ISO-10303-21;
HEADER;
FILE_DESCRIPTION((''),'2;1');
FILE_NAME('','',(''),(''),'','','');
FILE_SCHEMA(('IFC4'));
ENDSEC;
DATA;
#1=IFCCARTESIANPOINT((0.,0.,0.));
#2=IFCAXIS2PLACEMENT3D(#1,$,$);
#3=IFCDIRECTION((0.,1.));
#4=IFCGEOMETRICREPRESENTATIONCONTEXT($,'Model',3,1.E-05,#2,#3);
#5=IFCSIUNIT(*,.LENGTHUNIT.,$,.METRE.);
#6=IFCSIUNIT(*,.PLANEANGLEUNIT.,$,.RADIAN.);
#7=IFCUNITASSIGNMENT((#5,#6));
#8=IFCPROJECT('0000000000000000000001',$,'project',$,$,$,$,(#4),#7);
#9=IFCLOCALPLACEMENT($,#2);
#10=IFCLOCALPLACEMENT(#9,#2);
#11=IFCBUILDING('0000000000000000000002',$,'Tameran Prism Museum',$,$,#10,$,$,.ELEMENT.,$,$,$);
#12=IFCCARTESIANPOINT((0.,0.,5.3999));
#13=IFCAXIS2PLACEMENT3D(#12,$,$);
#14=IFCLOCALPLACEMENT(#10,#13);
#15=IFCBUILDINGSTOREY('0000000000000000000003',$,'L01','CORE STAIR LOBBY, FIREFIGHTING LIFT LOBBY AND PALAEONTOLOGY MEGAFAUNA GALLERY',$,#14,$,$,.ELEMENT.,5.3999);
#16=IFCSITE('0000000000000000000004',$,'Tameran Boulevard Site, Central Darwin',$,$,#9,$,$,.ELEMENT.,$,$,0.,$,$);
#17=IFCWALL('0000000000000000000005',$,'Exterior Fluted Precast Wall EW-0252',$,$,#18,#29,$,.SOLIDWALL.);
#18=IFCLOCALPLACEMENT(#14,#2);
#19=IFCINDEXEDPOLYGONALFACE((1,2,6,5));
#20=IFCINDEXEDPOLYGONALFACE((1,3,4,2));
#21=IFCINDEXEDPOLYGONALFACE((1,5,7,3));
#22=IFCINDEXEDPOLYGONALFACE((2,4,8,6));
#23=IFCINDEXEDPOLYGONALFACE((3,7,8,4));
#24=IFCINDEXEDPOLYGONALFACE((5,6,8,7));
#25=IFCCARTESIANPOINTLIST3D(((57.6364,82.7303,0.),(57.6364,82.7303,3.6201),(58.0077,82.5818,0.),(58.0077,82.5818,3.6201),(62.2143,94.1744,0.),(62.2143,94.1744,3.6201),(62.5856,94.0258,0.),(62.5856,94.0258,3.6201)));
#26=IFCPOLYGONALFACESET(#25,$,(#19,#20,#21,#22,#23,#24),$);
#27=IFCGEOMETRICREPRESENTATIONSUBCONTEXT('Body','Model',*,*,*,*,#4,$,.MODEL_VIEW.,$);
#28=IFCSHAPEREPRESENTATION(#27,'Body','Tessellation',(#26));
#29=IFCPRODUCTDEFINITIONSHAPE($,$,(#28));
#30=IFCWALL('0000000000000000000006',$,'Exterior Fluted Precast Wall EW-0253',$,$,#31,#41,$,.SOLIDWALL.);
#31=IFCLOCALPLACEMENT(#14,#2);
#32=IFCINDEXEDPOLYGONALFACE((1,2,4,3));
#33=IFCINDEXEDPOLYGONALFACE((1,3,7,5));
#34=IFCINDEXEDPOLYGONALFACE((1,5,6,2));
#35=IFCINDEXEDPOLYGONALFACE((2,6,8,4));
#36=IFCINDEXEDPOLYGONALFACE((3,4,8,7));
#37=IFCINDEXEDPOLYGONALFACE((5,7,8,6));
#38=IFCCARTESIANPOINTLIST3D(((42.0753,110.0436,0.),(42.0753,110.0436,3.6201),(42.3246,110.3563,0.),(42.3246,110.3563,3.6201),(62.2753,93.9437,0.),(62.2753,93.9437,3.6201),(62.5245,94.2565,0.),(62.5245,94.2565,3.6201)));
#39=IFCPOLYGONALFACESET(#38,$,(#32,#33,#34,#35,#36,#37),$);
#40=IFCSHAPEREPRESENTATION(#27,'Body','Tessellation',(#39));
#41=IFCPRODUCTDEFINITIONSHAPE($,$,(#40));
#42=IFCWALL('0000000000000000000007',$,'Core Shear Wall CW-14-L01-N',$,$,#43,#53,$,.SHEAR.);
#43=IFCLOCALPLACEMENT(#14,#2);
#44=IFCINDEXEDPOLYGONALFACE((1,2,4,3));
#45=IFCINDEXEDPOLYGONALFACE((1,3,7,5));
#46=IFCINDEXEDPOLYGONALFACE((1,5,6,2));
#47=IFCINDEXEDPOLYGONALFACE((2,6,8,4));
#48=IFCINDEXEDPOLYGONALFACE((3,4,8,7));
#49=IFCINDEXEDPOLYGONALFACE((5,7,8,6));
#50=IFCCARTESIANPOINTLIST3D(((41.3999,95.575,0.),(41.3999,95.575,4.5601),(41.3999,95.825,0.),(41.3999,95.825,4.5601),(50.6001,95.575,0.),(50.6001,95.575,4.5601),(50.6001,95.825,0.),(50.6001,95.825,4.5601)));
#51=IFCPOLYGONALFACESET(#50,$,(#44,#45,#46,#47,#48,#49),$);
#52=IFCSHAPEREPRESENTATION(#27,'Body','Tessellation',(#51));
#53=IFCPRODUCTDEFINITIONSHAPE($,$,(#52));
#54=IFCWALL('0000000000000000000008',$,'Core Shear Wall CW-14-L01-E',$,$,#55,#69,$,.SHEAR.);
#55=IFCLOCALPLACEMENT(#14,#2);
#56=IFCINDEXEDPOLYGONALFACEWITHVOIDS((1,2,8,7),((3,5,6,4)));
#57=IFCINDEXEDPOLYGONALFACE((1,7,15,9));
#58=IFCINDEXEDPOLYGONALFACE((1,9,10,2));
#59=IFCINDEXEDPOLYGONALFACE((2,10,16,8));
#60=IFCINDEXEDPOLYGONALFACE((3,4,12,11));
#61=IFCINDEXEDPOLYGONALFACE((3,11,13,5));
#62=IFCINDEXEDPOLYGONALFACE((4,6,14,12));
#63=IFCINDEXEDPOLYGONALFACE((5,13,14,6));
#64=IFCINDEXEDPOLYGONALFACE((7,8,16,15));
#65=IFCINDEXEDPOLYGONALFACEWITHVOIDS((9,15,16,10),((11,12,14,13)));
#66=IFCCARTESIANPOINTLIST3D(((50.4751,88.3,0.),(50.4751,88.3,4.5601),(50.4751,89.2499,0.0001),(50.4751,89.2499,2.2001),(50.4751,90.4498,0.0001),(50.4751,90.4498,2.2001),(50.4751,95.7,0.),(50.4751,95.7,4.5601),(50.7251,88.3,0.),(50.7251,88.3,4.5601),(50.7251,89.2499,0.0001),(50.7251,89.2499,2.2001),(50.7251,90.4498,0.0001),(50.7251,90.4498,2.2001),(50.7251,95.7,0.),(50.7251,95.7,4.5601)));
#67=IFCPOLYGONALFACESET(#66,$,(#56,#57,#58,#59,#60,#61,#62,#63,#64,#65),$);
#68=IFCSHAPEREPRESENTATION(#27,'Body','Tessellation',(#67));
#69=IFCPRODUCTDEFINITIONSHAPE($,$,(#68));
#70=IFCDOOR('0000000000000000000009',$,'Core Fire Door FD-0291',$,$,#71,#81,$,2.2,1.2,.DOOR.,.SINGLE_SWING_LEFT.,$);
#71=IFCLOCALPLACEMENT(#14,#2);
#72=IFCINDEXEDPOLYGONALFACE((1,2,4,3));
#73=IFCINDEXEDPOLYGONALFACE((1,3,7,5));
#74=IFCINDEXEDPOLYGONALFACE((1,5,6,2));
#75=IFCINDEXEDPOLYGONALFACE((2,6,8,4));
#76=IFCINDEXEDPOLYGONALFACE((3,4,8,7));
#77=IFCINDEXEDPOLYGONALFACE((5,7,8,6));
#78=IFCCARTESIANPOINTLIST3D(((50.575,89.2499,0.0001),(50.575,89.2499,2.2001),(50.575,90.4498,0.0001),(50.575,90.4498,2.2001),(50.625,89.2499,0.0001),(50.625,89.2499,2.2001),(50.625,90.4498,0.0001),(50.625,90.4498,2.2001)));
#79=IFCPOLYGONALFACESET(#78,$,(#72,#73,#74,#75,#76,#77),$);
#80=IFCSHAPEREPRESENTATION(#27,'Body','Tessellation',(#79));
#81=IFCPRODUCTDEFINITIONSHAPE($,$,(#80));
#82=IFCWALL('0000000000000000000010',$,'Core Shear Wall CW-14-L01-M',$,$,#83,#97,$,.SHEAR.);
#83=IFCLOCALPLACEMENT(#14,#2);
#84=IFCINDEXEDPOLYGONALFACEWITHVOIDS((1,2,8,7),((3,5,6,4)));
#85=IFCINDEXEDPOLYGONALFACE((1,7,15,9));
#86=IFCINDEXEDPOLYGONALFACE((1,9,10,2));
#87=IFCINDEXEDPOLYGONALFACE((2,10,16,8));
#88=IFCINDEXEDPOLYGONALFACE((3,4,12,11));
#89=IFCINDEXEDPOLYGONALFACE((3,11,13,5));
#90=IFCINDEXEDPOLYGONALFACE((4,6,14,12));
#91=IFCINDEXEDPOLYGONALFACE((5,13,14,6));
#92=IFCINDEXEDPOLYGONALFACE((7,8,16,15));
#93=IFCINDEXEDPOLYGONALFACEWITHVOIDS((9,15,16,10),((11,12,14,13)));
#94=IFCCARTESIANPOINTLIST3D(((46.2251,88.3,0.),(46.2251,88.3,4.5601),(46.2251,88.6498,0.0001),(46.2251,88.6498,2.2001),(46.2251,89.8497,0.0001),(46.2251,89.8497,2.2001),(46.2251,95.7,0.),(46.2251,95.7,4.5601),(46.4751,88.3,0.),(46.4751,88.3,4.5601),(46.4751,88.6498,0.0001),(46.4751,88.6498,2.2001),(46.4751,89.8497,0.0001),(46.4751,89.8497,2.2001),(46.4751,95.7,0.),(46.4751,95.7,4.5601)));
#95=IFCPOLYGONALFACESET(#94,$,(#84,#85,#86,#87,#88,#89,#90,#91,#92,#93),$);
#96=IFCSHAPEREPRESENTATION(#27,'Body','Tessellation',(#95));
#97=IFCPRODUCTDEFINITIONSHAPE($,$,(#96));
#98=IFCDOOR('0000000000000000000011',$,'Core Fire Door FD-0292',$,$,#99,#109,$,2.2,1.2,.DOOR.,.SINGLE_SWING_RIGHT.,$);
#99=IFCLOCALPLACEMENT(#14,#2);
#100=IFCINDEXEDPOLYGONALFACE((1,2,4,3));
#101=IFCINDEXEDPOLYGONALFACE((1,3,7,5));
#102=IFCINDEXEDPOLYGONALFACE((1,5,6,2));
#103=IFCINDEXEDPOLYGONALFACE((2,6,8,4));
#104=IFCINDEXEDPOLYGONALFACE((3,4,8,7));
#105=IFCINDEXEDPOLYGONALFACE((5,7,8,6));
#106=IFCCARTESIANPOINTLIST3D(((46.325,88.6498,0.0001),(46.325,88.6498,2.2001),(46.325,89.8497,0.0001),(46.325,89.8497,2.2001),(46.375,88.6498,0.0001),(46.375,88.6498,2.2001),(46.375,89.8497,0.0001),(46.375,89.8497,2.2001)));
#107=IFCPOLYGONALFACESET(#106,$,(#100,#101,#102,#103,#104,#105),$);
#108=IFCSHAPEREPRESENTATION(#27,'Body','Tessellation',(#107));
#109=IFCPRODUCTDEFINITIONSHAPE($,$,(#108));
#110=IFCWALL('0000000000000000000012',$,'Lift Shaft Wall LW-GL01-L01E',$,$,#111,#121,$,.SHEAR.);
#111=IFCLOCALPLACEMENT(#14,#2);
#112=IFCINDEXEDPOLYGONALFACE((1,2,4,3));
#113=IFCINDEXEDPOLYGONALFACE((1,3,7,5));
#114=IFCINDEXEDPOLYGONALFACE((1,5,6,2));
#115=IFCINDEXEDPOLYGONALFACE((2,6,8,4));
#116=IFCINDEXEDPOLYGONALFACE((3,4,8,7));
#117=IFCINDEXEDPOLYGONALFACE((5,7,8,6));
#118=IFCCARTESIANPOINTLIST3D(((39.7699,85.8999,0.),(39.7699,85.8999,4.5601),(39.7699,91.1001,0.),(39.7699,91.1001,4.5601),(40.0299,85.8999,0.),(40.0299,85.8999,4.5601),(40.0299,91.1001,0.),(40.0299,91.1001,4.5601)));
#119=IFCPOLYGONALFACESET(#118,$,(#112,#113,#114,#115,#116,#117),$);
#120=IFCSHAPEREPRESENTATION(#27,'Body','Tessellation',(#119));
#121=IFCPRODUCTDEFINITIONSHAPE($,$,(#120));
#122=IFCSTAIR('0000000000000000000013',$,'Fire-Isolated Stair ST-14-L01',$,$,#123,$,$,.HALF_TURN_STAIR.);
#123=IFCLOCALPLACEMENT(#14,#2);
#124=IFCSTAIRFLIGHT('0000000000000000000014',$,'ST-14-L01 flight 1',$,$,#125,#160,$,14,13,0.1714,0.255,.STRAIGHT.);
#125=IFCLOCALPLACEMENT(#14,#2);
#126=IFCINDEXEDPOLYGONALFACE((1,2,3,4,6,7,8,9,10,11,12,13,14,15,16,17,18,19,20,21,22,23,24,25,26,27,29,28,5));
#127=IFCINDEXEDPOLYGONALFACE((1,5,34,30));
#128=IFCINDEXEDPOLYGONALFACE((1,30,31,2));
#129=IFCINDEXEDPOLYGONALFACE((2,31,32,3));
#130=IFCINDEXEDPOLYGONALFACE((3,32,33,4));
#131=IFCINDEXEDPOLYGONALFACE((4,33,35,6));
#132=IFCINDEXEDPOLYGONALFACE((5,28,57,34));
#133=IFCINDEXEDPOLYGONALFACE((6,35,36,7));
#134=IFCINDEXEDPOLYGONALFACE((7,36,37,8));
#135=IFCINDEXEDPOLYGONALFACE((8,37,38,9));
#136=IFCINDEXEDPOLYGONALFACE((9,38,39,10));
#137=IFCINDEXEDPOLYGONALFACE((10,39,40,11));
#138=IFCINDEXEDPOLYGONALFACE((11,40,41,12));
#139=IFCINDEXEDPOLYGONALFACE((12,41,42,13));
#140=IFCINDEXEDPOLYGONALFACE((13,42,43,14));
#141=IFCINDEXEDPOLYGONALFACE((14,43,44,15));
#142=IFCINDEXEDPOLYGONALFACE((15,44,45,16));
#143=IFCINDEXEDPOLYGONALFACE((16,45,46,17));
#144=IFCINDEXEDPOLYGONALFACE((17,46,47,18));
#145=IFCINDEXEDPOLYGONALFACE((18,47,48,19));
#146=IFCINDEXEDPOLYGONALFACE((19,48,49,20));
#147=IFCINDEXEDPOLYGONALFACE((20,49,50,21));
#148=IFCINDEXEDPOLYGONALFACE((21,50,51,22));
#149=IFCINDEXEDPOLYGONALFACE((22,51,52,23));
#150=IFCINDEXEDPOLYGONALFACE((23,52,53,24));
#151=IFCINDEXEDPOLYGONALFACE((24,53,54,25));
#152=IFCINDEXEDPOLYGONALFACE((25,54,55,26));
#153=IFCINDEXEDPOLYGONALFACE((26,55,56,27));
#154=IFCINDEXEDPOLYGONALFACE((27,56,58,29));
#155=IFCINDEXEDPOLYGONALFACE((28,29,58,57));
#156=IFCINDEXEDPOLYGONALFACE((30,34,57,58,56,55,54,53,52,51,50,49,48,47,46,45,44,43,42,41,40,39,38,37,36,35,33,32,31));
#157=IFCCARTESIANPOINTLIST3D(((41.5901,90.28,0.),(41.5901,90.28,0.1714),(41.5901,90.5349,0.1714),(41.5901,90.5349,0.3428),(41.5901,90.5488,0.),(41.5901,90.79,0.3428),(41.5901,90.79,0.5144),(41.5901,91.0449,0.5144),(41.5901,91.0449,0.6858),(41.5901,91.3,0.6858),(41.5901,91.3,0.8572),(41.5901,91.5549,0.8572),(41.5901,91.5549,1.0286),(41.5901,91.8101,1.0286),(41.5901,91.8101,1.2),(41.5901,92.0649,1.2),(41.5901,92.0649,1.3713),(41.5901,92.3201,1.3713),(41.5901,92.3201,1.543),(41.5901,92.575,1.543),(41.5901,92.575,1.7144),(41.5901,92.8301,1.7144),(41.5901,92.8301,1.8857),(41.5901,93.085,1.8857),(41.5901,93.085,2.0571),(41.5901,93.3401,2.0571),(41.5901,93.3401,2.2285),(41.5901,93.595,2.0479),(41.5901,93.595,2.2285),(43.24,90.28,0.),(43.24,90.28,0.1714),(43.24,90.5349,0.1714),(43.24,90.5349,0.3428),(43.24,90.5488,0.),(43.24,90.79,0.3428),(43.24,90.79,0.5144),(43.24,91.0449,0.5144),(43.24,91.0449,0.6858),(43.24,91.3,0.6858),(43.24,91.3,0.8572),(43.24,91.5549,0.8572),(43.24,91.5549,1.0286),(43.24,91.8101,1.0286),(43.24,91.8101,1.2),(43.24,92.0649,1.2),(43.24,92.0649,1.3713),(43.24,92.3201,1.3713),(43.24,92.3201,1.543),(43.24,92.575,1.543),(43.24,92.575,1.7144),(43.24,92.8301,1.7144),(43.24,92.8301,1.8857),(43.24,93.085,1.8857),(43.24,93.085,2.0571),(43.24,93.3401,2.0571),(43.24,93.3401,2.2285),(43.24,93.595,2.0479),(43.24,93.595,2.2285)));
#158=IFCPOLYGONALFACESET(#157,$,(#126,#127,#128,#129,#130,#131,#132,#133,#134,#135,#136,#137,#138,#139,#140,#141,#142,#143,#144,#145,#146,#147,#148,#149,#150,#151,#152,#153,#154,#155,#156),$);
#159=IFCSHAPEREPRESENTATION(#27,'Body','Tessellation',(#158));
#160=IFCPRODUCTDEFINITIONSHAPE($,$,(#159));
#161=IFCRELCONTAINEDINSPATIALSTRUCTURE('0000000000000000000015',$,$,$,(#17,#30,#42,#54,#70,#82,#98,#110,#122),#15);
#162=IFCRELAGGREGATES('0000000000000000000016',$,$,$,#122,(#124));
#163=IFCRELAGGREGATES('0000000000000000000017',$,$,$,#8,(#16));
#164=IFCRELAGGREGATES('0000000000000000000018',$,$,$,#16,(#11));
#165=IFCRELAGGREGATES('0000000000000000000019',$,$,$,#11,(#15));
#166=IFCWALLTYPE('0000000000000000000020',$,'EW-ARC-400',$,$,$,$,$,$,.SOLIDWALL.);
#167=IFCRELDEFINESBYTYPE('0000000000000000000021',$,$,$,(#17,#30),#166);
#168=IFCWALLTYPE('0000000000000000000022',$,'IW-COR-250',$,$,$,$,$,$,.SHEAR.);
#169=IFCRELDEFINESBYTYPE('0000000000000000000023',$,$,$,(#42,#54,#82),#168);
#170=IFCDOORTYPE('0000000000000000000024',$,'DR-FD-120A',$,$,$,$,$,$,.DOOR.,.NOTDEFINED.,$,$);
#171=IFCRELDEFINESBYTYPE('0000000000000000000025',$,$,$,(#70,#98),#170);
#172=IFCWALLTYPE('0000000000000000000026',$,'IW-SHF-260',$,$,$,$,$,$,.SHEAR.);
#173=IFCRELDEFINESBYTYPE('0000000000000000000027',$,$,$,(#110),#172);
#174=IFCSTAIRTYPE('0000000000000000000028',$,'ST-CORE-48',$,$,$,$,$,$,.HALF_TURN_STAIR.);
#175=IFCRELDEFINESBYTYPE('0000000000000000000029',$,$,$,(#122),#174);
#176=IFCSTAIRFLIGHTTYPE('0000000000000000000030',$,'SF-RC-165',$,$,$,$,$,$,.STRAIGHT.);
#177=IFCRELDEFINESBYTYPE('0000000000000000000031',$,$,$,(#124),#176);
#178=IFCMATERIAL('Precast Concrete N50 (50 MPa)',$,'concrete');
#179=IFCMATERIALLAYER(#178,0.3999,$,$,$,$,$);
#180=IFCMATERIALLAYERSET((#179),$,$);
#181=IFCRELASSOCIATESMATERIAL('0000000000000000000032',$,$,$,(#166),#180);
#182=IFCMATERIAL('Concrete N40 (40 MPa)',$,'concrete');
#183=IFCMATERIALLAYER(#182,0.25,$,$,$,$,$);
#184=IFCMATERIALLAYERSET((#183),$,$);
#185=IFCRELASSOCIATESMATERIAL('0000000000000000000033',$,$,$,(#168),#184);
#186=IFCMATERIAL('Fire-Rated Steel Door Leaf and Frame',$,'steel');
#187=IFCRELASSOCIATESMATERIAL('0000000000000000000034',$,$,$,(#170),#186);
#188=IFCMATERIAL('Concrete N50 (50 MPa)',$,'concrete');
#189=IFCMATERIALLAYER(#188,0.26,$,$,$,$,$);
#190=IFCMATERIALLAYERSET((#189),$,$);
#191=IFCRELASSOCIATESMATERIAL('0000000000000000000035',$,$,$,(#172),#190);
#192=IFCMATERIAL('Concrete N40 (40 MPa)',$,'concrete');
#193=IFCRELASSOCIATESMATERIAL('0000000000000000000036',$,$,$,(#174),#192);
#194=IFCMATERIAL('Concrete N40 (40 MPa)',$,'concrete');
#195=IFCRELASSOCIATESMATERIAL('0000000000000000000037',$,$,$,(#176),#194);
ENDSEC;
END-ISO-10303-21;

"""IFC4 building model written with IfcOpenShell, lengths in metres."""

from ifc_helpers import new_model, si_unit, direction, frame, frame_2d, origin, place, context, subcontext, project, spatial, polyline, rectangle, outline, extrude, material, layer, layer_set, type_object, element, fill, aggregate, save


model = new_model("IFC4")

# Units and contexts
model_context = context("Model", 3, precision=1e-05, world=origin(), true_north=direction((0.0, 1.0)))
body_context = subcontext(model_context, "Body", "Model", "MODEL_VIEW")
ifc_project = project(units=[si_unit("LENGTHUNIT", "METRE"), si_unit("PLANEANGLEUNIT", "RADIAN")], contexts=[model_context])

# Site, building, storey
site_placement = place(None, origin())
site = spatial("IfcSite", under=ifc_project, at=site_placement, Name="Tameran Boulevard Site, Central Darwin", CompositionType="ELEMENT", RefElevation=0.0)
building_placement = place(site_placement, origin())
building = spatial("IfcBuilding", under=site, at=building_placement, Name="Tameran Prism Museum", CompositionType="ELEMENT")
storey_placement = place(building_placement, frame((0.0, 0.0, 5.3999)))
storey = spatial("IfcBuildingStorey", under=building, at=storey_placement, Name="L01", Description="CORE STAIR LOBBY, FIREFIGHTING LIFT LOBBY AND PALAEONTOLOGY MEGAFAUNA GALLERY", CompositionType="ELEMENT", Elevation=5.3999)

# Walls
ifc_material_1 = material(Name="Precast Concrete N50 (50 MPa)", Category="concrete")
ifc_layer_1 = layer(ifc_material_1, 0.3999)
ifc_layer_set_1 = layer_set([ifc_layer_1])
wall_type_1 = type_object("IfcWallType", Name="EW-ARC-400", PredefinedType="SOLIDWALL", material=ifc_layer_set_1)
wall_1_placement = place(storey_placement, frame((62.3999, 94.1001, 0.0), z_axis=(0.0, 0.0, 1.0), x_axis=(-0.371408, -0.92847, 0.0)))
element("IfcWall", 1, at=wall_1_placement, inside=storey, type_object=wall_type_1, Name="Exterior Fluted Precast Wall EW-0252", PredefinedType="SOLIDWALL", context=body_context, shape_type="SweptSolid", body=[
    extrude(rectangle(XDim=12.3257, YDim=0.3999, at=frame_2d((6.1628, 0.0))), origin(), (0.0, 0.0, 1.0), 3.6201),
])
wall_2_placement = place(storey_placement, frame((42.2, 110.2, 0.0), z_axis=(0.0, 0.0, 1.0), x_axis=(0.782003, -0.623275, 0.0)))
element("IfcWall", 2, at=wall_2_placement, inside=storey, type_object=wall_type_1, Name="Exterior Fluted Precast Wall EW-0253", PredefinedType="SOLIDWALL", context=body_context, shape_type="SweptSolid", body=[
    extrude(rectangle(XDim=25.8311, YDim=0.3999, at=frame_2d((12.9155, 0.0))), origin(), (0.0, 0.0, 1.0), 3.6201),
])
ifc_material_2 = material(Name="Concrete N40 (40 MPa)", Category="concrete")
ifc_layer_2 = layer(ifc_material_2, 0.25)
ifc_layer_set_2 = layer_set([ifc_layer_2])
wall_type_2 = type_object("IfcWallType", Name="IW-COR-250", PredefinedType="SHEAR", material=ifc_layer_set_2)
wall_3_placement = place(storey_placement, frame((41.3999, 95.7, 0.0), z_axis=(0.0, 0.0, 1.0), x_axis=(1.0, 0.0, 0.0)))
element("IfcWall", 3, at=wall_3_placement, inside=storey, type_object=wall_type_2, Name="Core Shear Wall CW-14-L01-N", PredefinedType="SHEAR", context=body_context, shape_type="SweptSolid", body=[
    extrude(rectangle(XDim=9.2002, YDim=0.25, at=frame_2d((4.6001, 0.0))), origin(), (0.0, 0.0, 1.0), 4.5601),
])

# Walls, openings, doors
wall_4_placement = place(storey_placement, frame((50.6001, 95.7, 0.0), z_axis=(0.0, 0.0, 1.0), x_axis=(0.0, -1.0, 0.0)))
wall_4 = element("IfcWall", 4, at=wall_4_placement, inside=storey, type_object=wall_type_2, Name="Core Shear Wall CW-14-L01-E", PredefinedType="SHEAR", context=body_context, shape_type="SweptSolid", body=[
    extrude(rectangle(XDim=7.3999, YDim=0.25, at=frame_2d((3.7, 0.0))), origin(), (0.0, 0.0, 1.0), 4.5601),
])
opening_1_placement = place(wall_4_placement, frame((5.25, 0.0, 0.0)))
opening_1 = element("IfcOpeningElement", 5, at=opening_1_placement, cuts=wall_4, PredefinedType="OPENING", context=body_context, shape_type="SweptSolid", body=[
    extrude(rectangle(XDim=1.2, YDim=2.2, at=frame_2d((0.6001, 1.1001))), frame((0.0, 0.135, 0.0), z_axis=(0.0, -1.0, 0.0), x_axis=(1.0, 0.0, 0.0)), (0.0, 0.0, 1.0), 0.27),
])
ifc_material_3 = material(Name="Fire-Rated Steel Door Leaf and Frame", Category="steel")
door_type = type_object("IfcDoorType", Name="DR-FD-120A", OperationType="NOTDEFINED", PredefinedType="DOOR", material=ifc_material_3)
door_1_placement = place(opening_1_placement, origin())
door_1 = element("IfcDoor", 6, at=door_1_placement, inside=storey, type_object=door_type, Name="Core Fire Door FD-0291", OperationType="SINGLE_SWING_LEFT", OverallHeight=2.2, OverallWidth=1.2, PredefinedType="DOOR", context=body_context, shape_type="SweptSolid", body=[
    extrude(rectangle(XDim=1.2, YDim=2.2, at=frame_2d((0.6001, 1.1001))), frame((0.0, 0.0249, 0.0), z_axis=(0.0, -1.0, 0.0), x_axis=(1.0, 0.0, 0.0)), (0.0, 0.0, 1.0), 0.05),
])
fill(opening_1, door_1)
wall_5_placement = place(storey_placement, frame((46.3501, 95.7, 0.0), z_axis=(0.0, 0.0, 1.0), x_axis=(0.0, -1.0, 0.0)))
wall_5 = element("IfcWall", 7, at=wall_5_placement, inside=storey, type_object=wall_type_2, Name="Core Shear Wall CW-14-L01-M", PredefinedType="SHEAR", context=body_context, shape_type="SweptSolid", body=[
    extrude(rectangle(XDim=7.3999, YDim=0.25, at=frame_2d((3.7, 0.0))), origin(), (0.0, 0.0, 1.0), 4.5601),
])
opening_2_placement = place(wall_5_placement, frame((5.8501, 0.0, 0.0)))
opening_2 = element("IfcOpeningElement", 8, at=opening_2_placement, cuts=wall_5, PredefinedType="OPENING", context=body_context, shape_type="SweptSolid", body=[
    extrude(rectangle(XDim=1.2, YDim=2.2, at=frame_2d((0.6001, 1.1001))), frame((0.0, 0.135, 0.0), z_axis=(0.0, -1.0, 0.0), x_axis=(1.0, 0.0, 0.0)), (0.0, 0.0, 1.0), 0.27),
])
door_2_placement = place(opening_2_placement, origin())
door_2 = element("IfcDoor", 9, at=door_2_placement, inside=storey, type_object=door_type, Name="Core Fire Door FD-0292", OperationType="SINGLE_SWING_RIGHT", OverallHeight=2.2, OverallWidth=1.2, PredefinedType="DOOR", context=body_context, shape_type="SweptSolid", body=[
    extrude(rectangle(XDim=1.2, YDim=2.2, at=frame_2d((0.6001, 1.1001))), frame((0.0, 0.0249, 0.0), z_axis=(0.0, -1.0, 0.0), x_axis=(1.0, 0.0, 0.0)), (0.0, 0.0, 1.0), 0.05),
])
fill(opening_2, door_2)

# Wall
ifc_material_4 = material(Name="Concrete N50 (50 MPa)", Category="concrete")
ifc_layer_3 = layer(ifc_material_4, 0.26)
ifc_layer_set_3 = layer_set([ifc_layer_3])
wall_type_3 = type_object("IfcWallType", Name="IW-SHF-260", PredefinedType="SHEAR", material=ifc_layer_set_3)
wall_6_placement = place(storey_placement, frame((39.8999, 91.1001, 0.0), z_axis=(0.0, 0.0, 1.0), x_axis=(0.0, -1.0, 0.0)))
element("IfcWall", 10, at=wall_6_placement, inside=storey, type_object=wall_type_3, Name="Lift Shaft Wall LW-GL01-L01E", PredefinedType="SHEAR", context=body_context, shape_type="SweptSolid", body=[
    extrude(rectangle(XDim=5.2002, YDim=0.26, at=frame_2d((2.6001, 0.0))), origin(), (0.0, 0.0, 1.0), 4.5601),
])

# Stair, stair flight
ifc_material_5 = material(Name="Concrete N40 (40 MPa)", Category="concrete")
stair_type = type_object("IfcStairType", Name="ST-CORE-48", PredefinedType="HALF_TURN_STAIR", material=ifc_material_5)
stair_placement = place(storey_placement, origin())
stair = element("IfcStair", 11, at=stair_placement, inside=storey, type_object=stair_type, Name="Fire-Isolated Stair ST-14-L01", PredefinedType="HALF_TURN_STAIR")
ifc_material_6 = material(Name="Concrete N40 (40 MPa)", Category="concrete")
stair_flight_type = type_object("IfcStairFlightType", Name="SF-RC-165", PredefinedType="STRAIGHT", material=ifc_material_6)
stair_flight_1_placement = place(storey_placement, frame((42.415, 90.28, 0.0), z_axis=(0.0, 0.0, 1.0), x_axis=(0.0, 1.0, 0.0)))
stair_flight_1 = element("IfcStairFlight", 12, at=stair_flight_1_placement, type_object=stair_flight_type, Name="ST-14-L01 flight 1", NumberOfRisers=14, NumberOfTreads=13, PredefinedType="STRAIGHT", RiserHeight=0.1714, TreadLength=0.255, context=body_context, shape_type="SweptSolid", body=[
    extrude(outline(polyline([(0.0, 0.0), (0.0, 0.1714), (0.2549, 0.1714), (0.2549, 0.3428), (0.51, 0.3428), (0.51, 0.5144), (0.7649, 0.5144), (0.7649, 0.6858), (1.02, 0.6858), (1.02, 0.8572), (1.2749, 0.8572), (1.2749, 1.0286), (1.53, 1.0286), (1.53, 1.2), (1.7849, 1.2), (1.7849, 1.3713), (2.04, 1.3713), (2.04, 1.543), (2.2949, 1.543), (2.2949, 1.7144), (2.55, 1.7144), (2.55, 1.8857), (2.8049, 1.8857), (2.8049, 2.0571), (3.0601, 2.0571), (3.0601, 2.2285), (3.3149, 2.2285), (3.3149, 2.3999), (3.3149, 2.0479), (0.2688, 0.0), (0.0, 0.0)])), frame((0.0, 0.825, 0.0), z_axis=(0.0, -1.0, 0.0), x_axis=(1.0, 0.0, 0.0)), (0.0, 0.0, 1.0), 1.6499),
])
aggregate(stair, [stair_flight_1])

save(model, "model.ifc")
